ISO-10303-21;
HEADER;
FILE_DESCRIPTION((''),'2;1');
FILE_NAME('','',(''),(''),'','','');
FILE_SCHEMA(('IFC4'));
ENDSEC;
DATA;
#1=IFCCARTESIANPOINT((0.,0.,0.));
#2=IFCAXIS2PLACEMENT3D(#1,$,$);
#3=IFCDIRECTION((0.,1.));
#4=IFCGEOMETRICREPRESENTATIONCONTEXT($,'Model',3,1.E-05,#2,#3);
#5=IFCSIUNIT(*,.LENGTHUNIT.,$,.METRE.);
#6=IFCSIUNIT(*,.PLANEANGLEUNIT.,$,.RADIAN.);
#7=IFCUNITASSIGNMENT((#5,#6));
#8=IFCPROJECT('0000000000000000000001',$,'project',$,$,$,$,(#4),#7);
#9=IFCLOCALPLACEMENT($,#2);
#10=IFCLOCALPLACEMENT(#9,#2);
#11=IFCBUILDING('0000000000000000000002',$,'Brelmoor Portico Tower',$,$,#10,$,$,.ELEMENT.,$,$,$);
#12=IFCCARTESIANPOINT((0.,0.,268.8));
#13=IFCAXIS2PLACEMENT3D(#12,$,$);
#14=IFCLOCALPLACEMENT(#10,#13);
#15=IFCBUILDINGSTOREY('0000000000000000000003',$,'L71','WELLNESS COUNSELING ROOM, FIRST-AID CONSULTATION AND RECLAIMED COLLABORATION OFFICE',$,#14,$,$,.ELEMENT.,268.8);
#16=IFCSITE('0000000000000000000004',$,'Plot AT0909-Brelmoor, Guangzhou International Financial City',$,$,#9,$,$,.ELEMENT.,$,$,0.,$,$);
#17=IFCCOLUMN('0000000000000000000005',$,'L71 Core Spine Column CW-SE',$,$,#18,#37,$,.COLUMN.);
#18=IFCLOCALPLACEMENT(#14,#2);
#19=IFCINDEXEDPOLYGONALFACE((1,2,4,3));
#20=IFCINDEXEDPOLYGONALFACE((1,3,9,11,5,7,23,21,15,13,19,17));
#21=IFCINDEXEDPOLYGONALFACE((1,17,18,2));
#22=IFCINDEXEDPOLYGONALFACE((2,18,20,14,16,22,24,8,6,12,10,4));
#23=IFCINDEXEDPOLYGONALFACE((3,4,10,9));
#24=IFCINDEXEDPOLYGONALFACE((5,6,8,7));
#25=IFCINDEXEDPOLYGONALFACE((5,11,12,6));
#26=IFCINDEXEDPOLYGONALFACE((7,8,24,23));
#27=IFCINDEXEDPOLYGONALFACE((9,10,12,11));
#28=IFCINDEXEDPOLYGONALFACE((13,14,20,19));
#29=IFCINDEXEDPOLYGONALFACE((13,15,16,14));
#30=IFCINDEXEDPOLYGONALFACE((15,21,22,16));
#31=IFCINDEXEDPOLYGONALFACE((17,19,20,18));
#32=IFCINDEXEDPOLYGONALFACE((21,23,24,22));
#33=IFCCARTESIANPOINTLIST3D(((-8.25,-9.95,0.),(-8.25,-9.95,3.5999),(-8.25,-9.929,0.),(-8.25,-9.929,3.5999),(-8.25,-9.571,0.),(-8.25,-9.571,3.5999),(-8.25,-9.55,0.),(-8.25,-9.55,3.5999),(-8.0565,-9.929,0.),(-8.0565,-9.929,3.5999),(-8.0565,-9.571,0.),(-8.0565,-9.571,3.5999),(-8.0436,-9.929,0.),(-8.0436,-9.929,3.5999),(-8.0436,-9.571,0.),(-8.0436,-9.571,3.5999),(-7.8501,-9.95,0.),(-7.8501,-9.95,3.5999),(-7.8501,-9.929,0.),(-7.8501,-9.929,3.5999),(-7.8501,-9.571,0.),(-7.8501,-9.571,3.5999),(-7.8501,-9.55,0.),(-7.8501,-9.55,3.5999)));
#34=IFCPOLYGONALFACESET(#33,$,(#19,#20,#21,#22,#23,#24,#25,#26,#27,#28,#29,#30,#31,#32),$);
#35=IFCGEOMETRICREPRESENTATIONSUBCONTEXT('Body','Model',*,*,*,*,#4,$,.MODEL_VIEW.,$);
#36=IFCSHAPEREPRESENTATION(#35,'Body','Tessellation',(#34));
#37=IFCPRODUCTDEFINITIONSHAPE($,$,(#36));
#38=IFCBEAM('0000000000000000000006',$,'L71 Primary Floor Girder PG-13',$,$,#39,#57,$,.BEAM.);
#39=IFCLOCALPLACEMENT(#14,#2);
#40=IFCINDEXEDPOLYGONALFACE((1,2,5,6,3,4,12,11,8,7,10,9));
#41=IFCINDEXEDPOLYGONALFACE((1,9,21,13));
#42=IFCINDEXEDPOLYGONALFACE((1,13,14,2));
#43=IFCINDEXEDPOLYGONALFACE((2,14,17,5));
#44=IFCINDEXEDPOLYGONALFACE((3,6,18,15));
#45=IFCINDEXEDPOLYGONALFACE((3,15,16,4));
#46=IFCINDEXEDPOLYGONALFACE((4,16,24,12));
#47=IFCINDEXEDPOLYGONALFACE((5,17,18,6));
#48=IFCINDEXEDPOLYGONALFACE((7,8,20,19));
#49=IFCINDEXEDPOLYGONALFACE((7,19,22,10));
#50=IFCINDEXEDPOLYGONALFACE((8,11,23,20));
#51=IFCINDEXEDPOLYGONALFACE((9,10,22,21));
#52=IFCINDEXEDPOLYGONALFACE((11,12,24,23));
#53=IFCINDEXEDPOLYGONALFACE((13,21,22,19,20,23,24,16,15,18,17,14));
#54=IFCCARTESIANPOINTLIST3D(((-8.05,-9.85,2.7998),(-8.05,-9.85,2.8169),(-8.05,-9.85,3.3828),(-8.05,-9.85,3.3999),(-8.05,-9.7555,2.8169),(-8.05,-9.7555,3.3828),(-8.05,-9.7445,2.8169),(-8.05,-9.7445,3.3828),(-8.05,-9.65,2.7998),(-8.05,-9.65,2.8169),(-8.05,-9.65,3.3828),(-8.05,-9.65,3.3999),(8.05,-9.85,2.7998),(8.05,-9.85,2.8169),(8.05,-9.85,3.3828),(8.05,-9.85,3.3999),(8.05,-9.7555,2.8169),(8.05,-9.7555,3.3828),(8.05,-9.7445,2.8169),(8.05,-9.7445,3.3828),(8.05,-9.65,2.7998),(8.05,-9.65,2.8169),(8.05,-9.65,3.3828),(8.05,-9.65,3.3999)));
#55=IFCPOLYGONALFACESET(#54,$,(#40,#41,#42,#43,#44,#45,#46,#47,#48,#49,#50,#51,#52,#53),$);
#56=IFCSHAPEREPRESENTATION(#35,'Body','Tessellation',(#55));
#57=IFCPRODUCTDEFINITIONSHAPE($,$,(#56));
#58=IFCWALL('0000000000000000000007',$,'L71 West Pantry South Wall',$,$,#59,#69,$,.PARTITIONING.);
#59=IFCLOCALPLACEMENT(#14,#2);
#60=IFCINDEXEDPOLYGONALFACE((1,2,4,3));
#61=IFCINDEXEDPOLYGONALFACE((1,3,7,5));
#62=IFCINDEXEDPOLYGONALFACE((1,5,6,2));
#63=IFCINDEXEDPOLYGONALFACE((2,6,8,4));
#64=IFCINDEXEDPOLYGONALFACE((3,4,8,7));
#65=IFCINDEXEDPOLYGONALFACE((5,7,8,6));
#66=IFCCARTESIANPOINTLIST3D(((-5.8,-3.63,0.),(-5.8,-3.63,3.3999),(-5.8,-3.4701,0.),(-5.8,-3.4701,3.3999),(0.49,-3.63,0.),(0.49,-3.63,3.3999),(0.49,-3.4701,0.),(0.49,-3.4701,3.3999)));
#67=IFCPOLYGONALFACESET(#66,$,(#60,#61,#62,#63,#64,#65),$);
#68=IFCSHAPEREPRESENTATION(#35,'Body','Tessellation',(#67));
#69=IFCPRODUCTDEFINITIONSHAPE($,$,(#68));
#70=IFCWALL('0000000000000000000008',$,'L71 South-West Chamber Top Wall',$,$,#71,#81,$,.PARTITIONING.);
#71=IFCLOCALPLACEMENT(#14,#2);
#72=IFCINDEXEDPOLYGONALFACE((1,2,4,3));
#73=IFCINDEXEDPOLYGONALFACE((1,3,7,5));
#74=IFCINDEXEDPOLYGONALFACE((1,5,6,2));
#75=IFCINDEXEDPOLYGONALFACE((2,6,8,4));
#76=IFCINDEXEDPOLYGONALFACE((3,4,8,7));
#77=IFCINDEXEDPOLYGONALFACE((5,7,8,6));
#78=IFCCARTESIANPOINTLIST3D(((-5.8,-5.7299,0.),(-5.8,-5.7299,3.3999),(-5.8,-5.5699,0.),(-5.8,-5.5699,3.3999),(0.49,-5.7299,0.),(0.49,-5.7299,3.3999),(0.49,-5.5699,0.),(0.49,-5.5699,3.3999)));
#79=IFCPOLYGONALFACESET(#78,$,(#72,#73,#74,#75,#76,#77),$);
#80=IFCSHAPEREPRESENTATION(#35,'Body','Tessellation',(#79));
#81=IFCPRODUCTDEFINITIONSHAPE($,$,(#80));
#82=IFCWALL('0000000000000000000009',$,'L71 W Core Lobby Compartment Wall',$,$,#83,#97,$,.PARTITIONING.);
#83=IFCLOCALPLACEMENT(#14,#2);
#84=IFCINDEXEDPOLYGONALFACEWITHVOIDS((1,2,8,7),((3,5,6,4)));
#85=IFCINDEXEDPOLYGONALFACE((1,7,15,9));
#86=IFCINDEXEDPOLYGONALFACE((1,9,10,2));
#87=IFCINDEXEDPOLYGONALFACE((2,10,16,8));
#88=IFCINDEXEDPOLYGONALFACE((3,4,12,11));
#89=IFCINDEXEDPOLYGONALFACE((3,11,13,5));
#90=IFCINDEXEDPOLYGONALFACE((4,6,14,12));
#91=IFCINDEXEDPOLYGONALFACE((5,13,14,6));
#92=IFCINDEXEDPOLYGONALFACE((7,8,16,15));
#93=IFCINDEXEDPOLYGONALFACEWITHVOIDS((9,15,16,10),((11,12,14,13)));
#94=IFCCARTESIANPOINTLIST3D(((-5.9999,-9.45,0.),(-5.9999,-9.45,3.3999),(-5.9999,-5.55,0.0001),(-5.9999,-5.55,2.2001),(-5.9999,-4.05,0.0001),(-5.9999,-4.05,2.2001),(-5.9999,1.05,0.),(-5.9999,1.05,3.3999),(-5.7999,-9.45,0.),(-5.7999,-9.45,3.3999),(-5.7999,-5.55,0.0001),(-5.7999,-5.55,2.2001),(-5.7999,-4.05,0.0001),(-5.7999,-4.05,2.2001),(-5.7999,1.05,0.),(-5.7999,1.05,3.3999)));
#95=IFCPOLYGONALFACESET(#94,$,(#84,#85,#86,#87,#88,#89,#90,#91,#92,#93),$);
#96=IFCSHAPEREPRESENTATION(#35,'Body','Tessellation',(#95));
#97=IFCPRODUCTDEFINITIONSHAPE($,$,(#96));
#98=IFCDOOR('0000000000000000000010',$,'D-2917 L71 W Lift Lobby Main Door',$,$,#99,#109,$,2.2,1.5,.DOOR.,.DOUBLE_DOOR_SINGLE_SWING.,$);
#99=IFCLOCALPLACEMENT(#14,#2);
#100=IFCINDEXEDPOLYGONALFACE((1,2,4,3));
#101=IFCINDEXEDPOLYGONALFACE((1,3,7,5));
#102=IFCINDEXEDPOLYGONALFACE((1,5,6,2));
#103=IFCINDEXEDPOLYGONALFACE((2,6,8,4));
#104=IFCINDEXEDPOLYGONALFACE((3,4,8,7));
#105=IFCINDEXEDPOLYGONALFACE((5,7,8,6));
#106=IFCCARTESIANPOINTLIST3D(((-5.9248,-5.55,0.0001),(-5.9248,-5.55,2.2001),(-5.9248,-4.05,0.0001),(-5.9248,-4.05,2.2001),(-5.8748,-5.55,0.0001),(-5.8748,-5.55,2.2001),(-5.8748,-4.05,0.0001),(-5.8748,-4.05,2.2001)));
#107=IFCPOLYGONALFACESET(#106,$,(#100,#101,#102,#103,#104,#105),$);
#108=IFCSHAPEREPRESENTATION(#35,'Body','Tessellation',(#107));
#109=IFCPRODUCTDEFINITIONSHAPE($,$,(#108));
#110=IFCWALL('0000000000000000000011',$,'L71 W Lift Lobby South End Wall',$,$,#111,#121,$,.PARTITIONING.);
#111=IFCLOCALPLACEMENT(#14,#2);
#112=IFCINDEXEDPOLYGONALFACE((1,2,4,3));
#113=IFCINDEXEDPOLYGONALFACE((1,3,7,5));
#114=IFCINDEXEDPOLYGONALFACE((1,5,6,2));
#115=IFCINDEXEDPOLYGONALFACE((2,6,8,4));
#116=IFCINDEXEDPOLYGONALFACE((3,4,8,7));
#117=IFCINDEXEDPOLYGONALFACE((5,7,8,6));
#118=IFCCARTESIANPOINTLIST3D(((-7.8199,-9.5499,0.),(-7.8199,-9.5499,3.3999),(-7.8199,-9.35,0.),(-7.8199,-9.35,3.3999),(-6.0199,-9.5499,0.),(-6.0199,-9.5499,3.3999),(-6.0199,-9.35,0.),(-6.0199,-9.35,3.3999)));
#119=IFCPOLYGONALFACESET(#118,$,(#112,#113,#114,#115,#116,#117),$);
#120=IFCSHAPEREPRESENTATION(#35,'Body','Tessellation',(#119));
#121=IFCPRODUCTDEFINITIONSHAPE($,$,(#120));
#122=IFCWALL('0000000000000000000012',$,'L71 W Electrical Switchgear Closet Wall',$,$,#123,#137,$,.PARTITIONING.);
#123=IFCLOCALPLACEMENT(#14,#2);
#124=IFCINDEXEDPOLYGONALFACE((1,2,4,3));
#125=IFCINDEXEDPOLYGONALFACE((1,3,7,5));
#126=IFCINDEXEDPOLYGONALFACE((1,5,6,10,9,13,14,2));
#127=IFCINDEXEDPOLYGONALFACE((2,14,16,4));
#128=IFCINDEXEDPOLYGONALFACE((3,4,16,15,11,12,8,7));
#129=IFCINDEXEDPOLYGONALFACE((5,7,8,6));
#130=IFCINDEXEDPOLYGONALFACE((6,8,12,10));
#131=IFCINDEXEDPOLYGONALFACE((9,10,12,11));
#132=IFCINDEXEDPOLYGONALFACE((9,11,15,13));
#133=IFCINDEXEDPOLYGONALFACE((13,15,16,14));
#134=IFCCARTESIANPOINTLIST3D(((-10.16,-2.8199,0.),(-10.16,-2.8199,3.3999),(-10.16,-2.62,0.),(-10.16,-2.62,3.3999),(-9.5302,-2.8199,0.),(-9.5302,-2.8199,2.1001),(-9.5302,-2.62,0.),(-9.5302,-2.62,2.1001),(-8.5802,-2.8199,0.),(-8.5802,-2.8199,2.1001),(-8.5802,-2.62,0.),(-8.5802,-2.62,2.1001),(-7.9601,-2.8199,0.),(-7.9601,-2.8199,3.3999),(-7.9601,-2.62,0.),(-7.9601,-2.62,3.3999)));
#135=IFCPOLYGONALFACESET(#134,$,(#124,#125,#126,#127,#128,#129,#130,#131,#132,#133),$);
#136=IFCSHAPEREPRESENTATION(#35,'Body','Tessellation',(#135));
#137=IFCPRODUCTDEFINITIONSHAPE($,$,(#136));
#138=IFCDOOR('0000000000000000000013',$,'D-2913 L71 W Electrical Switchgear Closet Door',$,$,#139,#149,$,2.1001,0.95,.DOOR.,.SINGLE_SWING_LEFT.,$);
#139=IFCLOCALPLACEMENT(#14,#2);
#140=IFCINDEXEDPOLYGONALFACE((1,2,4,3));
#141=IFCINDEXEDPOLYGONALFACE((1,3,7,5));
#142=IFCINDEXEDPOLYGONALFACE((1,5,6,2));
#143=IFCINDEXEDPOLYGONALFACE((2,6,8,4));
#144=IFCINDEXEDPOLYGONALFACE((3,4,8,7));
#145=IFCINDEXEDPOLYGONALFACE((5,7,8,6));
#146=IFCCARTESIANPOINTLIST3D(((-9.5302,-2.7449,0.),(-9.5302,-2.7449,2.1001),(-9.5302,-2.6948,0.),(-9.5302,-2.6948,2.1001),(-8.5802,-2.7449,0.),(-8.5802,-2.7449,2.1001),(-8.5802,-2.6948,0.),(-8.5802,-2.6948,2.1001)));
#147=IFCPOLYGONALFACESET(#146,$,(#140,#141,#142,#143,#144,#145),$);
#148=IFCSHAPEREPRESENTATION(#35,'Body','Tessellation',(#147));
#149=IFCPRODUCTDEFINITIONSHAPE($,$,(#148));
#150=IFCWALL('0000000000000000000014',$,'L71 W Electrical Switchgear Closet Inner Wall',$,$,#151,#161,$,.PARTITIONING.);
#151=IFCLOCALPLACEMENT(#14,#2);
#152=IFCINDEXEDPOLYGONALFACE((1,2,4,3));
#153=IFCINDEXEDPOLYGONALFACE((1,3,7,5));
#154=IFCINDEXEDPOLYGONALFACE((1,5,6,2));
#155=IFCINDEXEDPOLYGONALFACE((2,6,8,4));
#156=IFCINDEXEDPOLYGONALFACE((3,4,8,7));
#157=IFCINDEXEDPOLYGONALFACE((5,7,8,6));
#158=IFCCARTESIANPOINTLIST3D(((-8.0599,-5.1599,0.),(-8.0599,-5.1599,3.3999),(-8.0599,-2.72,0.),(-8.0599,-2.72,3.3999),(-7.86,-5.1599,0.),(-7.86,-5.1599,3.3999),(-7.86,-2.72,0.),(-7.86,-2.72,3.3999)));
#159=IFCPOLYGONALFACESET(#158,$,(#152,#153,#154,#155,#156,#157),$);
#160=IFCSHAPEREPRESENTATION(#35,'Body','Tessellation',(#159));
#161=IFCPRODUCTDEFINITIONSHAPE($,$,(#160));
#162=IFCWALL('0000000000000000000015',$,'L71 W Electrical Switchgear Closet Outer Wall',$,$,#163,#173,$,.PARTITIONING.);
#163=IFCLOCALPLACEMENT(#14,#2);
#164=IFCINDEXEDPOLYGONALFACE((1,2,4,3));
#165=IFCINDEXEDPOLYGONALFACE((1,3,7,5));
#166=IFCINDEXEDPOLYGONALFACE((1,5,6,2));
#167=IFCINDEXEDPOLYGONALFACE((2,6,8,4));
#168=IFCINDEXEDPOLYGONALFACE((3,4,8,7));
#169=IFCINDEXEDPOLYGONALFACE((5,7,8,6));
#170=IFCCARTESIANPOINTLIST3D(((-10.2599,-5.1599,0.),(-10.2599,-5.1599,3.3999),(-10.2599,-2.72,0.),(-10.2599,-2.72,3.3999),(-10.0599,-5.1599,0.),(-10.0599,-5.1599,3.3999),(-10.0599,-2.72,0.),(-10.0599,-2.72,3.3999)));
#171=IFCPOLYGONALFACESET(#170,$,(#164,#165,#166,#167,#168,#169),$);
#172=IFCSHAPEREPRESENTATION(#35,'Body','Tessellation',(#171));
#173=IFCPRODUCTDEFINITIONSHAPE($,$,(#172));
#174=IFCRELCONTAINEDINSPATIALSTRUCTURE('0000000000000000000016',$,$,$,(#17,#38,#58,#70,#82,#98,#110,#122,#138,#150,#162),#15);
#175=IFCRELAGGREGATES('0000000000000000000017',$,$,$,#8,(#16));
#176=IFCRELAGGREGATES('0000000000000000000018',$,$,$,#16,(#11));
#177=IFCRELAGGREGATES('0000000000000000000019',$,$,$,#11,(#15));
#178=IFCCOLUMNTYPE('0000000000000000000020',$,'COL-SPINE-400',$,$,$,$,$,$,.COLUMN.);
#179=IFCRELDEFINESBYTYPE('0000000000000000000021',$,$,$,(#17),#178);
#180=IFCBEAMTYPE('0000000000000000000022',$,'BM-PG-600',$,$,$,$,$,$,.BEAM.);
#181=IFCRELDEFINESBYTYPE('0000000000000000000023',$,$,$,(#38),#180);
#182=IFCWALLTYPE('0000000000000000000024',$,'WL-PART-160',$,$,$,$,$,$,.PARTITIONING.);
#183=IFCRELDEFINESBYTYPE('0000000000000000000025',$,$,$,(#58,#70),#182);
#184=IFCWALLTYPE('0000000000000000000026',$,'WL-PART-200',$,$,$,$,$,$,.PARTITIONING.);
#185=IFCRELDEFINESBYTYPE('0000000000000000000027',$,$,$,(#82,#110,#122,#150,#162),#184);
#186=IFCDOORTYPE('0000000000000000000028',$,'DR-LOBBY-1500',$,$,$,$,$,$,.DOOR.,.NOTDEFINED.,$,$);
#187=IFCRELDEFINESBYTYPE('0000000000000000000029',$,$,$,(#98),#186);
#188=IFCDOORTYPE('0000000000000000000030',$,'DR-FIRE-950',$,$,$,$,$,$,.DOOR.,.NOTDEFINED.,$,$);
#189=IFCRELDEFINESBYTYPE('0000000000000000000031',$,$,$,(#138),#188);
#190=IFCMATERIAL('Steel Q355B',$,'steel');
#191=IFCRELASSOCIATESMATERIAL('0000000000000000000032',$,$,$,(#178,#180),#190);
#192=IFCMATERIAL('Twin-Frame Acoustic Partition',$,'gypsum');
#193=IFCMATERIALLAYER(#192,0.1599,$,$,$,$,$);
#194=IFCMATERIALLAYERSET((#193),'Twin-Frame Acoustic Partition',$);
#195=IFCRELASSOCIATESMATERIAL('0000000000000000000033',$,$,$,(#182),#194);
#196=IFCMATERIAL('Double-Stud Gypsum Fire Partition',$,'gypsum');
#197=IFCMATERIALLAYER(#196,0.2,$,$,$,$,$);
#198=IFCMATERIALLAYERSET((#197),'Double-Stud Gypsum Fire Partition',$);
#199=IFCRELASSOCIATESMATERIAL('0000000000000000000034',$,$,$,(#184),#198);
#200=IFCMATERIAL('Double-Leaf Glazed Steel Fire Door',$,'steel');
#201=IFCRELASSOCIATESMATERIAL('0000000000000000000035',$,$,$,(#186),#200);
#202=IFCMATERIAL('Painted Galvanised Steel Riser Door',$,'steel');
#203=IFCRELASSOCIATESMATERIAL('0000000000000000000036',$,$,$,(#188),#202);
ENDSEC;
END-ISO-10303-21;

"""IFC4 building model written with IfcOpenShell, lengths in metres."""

from ifc_helpers import new_model, si_unit, direction, frame, frame_2d, origin, origin_2d, place, context, subcontext, project, spatial, rectangle, i_section, extrude, material, layer, layer_set, material_profile, profile_set, type_object, element, fill, save


model = new_model("IFC4")

# Units and contexts
model_context = context("Model", 3, precision=1e-05, world=origin(), true_north=direction((0.0, 1.0)))
body_context = subcontext(model_context, "Body", "Model", "MODEL_VIEW")
ifc_project = project(units=[si_unit("LENGTHUNIT", "METRE"), si_unit("PLANEANGLEUNIT", "RADIAN")], contexts=[model_context])

# Site, building, storey
site_placement = place(None, origin())
site = spatial("IfcSite", under=ifc_project, at=site_placement, Name="Plot AT0909-Brelmoor, Guangzhou International Financial City", CompositionType="ELEMENT", RefElevation=0.0)
building_placement = place(site_placement, origin())
building = spatial("IfcBuilding", under=site, at=building_placement, Name="Brelmoor Portico Tower", CompositionType="ELEMENT")
storey_placement = place(building_placement, frame((0.0, 0.0, 268.8)))
storey = spatial("IfcBuildingStorey", under=building, at=storey_placement, Name="L71", Description="WELLNESS COUNSELING ROOM, FIRST-AID CONSULTATION AND RECLAIMED COLLABORATION OFFICE", CompositionType="ELEMENT", Elevation=268.8)

# Column
ifc_material_1 = material(Name="Steel Q355B", Category="steel")
ifc_material_profile_1 = material_profile(ifc_material_1, i_section(OverallWidth=0.3999, OverallDepth=0.3999, WebThickness=0.0129, FlangeThickness=0.021, at=origin_2d()), Name="HW 400x400x13x21")
ifc_profile_set_1 = profile_set([ifc_material_profile_1], Name="Steel Q355B")
column_type = type_object("IfcColumnType", Name="COL-SPINE-400", PredefinedType="COLUMN", material=ifc_profile_set_1)
column_placement = place(storey_placement, frame((-8.05, -9.75, 0.0), z_axis=(0.0, 0.0, 1.0), x_axis=(1.0, 0.0, 0.0)))
element("IfcColumn", 1, at=column_placement, inside=storey, type_object=column_type, Name="L71 Core Spine Column CW-SE", PredefinedType="COLUMN", context=body_context, shape_type="SweptSolid", body=[
    extrude(i_section(OverallWidth=0.3999, OverallDepth=0.3999, WebThickness=0.0129, FlangeThickness=0.021, at=origin_2d()), origin(), (0.0, 0.0, 1.0), 3.5999),
])

# Beam
ifc_material_profile_2 = material_profile(ifc_material_1, i_section(OverallWidth=0.2, OverallDepth=0.6001, WebThickness=0.011, FlangeThickness=0.0171, at=origin_2d()), Name="HN 600x200x11x17")
ifc_profile_set_2 = profile_set([ifc_material_profile_2], Name="Steel Q355B")
beam_type = type_object("IfcBeamType", Name="BM-PG-600", PredefinedType="BEAM", material=ifc_profile_set_2)
beam_placement = place(storey_placement, frame((-8.05, -9.75, 3.0999), z_axis=(1.0, 0.0, 0.0), x_axis=(0.0, 1.0, 0.0)))
element("IfcBeam", 2, at=beam_placement, inside=storey, type_object=beam_type, Name="L71 Primary Floor Girder PG-13", PredefinedType="BEAM", context=body_context, shape_type="SweptSolid", body=[
    extrude(i_section(OverallWidth=0.2, OverallDepth=0.6001, WebThickness=0.011, FlangeThickness=0.0171, at=origin_2d()), origin(), (0.0, 0.0, 1.0), 16.1001),
])

# Shared definitions
ifc_material_2 = material(Name="Twin-Frame Acoustic Partition", Category="gypsum")
ifc_layer_1 = layer(ifc_material_2, 0.1599)
ifc_layer_set_1 = layer_set([ifc_layer_1], Name="Twin-Frame Acoustic Partition")
wall_type_1 = type_object("IfcWallType", Name="WL-PART-160", PredefinedType="PARTITIONING", material=ifc_layer_set_1)

# Walls
for number, where, z_axis, x_axis, name in (
    (3, (-5.8, -3.55, 0.0), (0.0, 0.0, 1.0), (1.0, 0.0, 0.0), "L71 West Pantry South Wall"),
    (4, (-5.8, -5.6499, 0.0), (0.0, 0.0, 1.0), (1.0, 0.0, 0.0), "L71 South-West Chamber Top Wall"),
):
    element("IfcWall", number, at=place(storey_placement, frame(where, z_axis=z_axis, x_axis=x_axis)), inside=storey, type_object=wall_type_1, Name=name, PredefinedType="PARTITIONING", context=body_context, shape_type="SweptSolid", body=[
        extrude(rectangle(XDim=6.29, YDim=0.1599, at=frame_2d((3.145, 0.0))), origin(), (0.0, 0.0, 1.0), 3.3999),
    ])

# Wall, opening, door
ifc_material_3 = material(Name="Double-Stud Gypsum Fire Partition", Category="gypsum")
ifc_layer_2 = layer(ifc_material_3, 0.2)
ifc_layer_set_2 = layer_set([ifc_layer_2], Name="Double-Stud Gypsum Fire Partition")
wall_type_2 = type_object("IfcWallType", Name="WL-PART-200", PredefinedType="PARTITIONING", material=ifc_layer_set_2)
wall_1_placement = place(storey_placement, frame((-5.8999, -9.45, 0.0), z_axis=(0.0, 0.0, 1.0), x_axis=(0.0, 1.0, 0.0)))
wall_1 = element("IfcWall", 5, at=wall_1_placement, inside=storey, type_object=wall_type_2, Name="L71 W Core Lobby Compartment Wall", PredefinedType="PARTITIONING", context=body_context, shape_type="SweptSolid", body=[
    extrude(rectangle(XDim=10.5, YDim=0.2, at=frame_2d((5.25, 0.0))), origin(), (0.0, 0.0, 1.0), 3.3999),
])
opening_1_placement = place(wall_1_placement, frame((3.8999, 0.0, 0.0)))
opening_1 = element("IfcOpeningElement", 6, at=opening_1_placement, cuts=wall_1, PredefinedType="OPENING", context=body_context, shape_type="SweptSolid", body=[
    extrude(rectangle(XDim=1.5, YDim=2.2, at=frame_2d((0.75, 1.1001))), frame((0.0, 0.1099, 0.0), z_axis=(0.0, -1.0, 0.0), x_axis=(1.0, 0.0, 0.0)), (0.0, 0.0, 1.0), 0.22),
])
ifc_material_4 = material(Name="Double-Leaf Glazed Steel Fire Door", Category="steel")
door_type_1 = type_object("IfcDoorType", Name="DR-LOBBY-1500", OperationType="NOTDEFINED", PredefinedType="DOOR", material=ifc_material_4)
door_1_placement = place(opening_1_placement, origin())
door_1 = element("IfcDoor", 7, at=door_1_placement, inside=storey, type_object=door_type_1, Name="D-2917 L71 W Lift Lobby Main Door", OperationType="DOUBLE_DOOR_SINGLE_SWING", OverallHeight=2.2, OverallWidth=1.5, PredefinedType="DOOR", context=body_context, shape_type="SweptSolid", body=[
    extrude(rectangle(XDim=1.5, YDim=2.2, at=frame_2d((0.75, 1.1001))), frame((0.0, 0.0249, 0.0), z_axis=(0.0, -1.0, 0.0), x_axis=(1.0, 0.0, 0.0)), (0.0, 0.0, 1.0), 0.05),
])
fill(opening_1, door_1)

# Wall
wall_2_placement = place(storey_placement, frame((-6.02, -9.45, 0.0), z_axis=(0.0, 0.0, 1.0), x_axis=(-1.0, 0.0, 0.0)))
element("IfcWall", 8, at=wall_2_placement, inside=storey, type_object=wall_type_2, Name="L71 W Lift Lobby South End Wall", PredefinedType="PARTITIONING", context=body_context, shape_type="SweptSolid", body=[
    extrude(rectangle(XDim=1.8, YDim=0.2, at=frame_2d((0.8999, 0.0))), origin(), (0.0, 0.0, 1.0), 3.3999),
])

# Wall, opening, door
wall_3_placement = place(storey_placement, frame((-7.96, -2.72, 0.0), z_axis=(0.0, 0.0, 1.0), x_axis=(-1.0, 0.0, 0.0)))
wall_3 = element("IfcWall", 9, at=wall_3_placement, inside=storey, type_object=wall_type_2, Name="L71 W Electrical Switchgear Closet Wall", PredefinedType="PARTITIONING", context=body_context, shape_type="SweptSolid", body=[
    extrude(rectangle(XDim=2.2, YDim=0.2, at=frame_2d((1.1001, 0.0))), origin(), (0.0, 0.0, 1.0), 3.3999),
])
opening_2_placement = place(wall_3_placement, frame((0.6201, 0.0, 0.0)))
opening_2 = element("IfcOpeningElement", 10, at=opening_2_placement, cuts=wall_3, PredefinedType="OPENING", context=body_context, shape_type="SweptSolid", body=[
    extrude(rectangle(XDim=0.95, YDim=2.1001, at=frame_2d((0.4751, 1.05))), frame((0.0, 0.1099, 0.0), z_axis=(0.0, -1.0, 0.0), x_axis=(1.0, 0.0, 0.0)), (0.0, 0.0, 1.0), 0.22),
])
ifc_material_5 = material(Name="Painted Galvanised Steel Riser Door", Category="steel")
door_type_2 = type_object("IfcDoorType", Name="DR-FIRE-950", OperationType="NOTDEFINED", PredefinedType="DOOR", material=ifc_material_5)
door_2_placement = place(opening_2_placement, origin())
door_2 = element("IfcDoor", 11, at=door_2_placement, inside=storey, type_object=door_type_2, Name="D-2913 L71 W Electrical Switchgear Closet Door", OperationType="SINGLE_SWING_LEFT", OverallHeight=2.1001, OverallWidth=0.95, PredefinedType="DOOR", context=body_context, shape_type="SweptSolid", body=[
    extrude(rectangle(XDim=0.95, YDim=2.1001, at=frame_2d((0.4751, 1.05))), frame((0.0, 0.0249, 0.0), z_axis=(0.0, -1.0, 0.0), x_axis=(1.0, 0.0, 0.0)), (0.0, 0.0, 1.0), 0.05),
])
fill(opening_2, door_2)

# Walls
for number, where, z_axis, x_axis, name in (
    (12, (-7.96, -5.1599, 0.0), (0.0, 0.0, 1.0), (0.0, 1.0, 0.0), "L71 W Electrical Switchgear Closet Inner Wall"),
    (13, (-10.1599, -5.1599, 0.0), (0.0, 0.0, 1.0), (0.0, 1.0, 0.0), "L71 W Electrical Switchgear Closet Outer Wall"),
):
    element("IfcWall", number, at=place(storey_placement, frame(where, z_axis=z_axis, x_axis=x_axis)), inside=storey, type_object=wall_type_2, Name=name, PredefinedType="PARTITIONING", context=body_context, shape_type="SweptSolid", body=[
        extrude(rectangle(XDim=2.4399, YDim=0.2, at=frame_2d((1.22, 0.0))), origin(), (0.0, 0.0, 1.0), 3.3999),
    ])

save(model, "model.ifc")
